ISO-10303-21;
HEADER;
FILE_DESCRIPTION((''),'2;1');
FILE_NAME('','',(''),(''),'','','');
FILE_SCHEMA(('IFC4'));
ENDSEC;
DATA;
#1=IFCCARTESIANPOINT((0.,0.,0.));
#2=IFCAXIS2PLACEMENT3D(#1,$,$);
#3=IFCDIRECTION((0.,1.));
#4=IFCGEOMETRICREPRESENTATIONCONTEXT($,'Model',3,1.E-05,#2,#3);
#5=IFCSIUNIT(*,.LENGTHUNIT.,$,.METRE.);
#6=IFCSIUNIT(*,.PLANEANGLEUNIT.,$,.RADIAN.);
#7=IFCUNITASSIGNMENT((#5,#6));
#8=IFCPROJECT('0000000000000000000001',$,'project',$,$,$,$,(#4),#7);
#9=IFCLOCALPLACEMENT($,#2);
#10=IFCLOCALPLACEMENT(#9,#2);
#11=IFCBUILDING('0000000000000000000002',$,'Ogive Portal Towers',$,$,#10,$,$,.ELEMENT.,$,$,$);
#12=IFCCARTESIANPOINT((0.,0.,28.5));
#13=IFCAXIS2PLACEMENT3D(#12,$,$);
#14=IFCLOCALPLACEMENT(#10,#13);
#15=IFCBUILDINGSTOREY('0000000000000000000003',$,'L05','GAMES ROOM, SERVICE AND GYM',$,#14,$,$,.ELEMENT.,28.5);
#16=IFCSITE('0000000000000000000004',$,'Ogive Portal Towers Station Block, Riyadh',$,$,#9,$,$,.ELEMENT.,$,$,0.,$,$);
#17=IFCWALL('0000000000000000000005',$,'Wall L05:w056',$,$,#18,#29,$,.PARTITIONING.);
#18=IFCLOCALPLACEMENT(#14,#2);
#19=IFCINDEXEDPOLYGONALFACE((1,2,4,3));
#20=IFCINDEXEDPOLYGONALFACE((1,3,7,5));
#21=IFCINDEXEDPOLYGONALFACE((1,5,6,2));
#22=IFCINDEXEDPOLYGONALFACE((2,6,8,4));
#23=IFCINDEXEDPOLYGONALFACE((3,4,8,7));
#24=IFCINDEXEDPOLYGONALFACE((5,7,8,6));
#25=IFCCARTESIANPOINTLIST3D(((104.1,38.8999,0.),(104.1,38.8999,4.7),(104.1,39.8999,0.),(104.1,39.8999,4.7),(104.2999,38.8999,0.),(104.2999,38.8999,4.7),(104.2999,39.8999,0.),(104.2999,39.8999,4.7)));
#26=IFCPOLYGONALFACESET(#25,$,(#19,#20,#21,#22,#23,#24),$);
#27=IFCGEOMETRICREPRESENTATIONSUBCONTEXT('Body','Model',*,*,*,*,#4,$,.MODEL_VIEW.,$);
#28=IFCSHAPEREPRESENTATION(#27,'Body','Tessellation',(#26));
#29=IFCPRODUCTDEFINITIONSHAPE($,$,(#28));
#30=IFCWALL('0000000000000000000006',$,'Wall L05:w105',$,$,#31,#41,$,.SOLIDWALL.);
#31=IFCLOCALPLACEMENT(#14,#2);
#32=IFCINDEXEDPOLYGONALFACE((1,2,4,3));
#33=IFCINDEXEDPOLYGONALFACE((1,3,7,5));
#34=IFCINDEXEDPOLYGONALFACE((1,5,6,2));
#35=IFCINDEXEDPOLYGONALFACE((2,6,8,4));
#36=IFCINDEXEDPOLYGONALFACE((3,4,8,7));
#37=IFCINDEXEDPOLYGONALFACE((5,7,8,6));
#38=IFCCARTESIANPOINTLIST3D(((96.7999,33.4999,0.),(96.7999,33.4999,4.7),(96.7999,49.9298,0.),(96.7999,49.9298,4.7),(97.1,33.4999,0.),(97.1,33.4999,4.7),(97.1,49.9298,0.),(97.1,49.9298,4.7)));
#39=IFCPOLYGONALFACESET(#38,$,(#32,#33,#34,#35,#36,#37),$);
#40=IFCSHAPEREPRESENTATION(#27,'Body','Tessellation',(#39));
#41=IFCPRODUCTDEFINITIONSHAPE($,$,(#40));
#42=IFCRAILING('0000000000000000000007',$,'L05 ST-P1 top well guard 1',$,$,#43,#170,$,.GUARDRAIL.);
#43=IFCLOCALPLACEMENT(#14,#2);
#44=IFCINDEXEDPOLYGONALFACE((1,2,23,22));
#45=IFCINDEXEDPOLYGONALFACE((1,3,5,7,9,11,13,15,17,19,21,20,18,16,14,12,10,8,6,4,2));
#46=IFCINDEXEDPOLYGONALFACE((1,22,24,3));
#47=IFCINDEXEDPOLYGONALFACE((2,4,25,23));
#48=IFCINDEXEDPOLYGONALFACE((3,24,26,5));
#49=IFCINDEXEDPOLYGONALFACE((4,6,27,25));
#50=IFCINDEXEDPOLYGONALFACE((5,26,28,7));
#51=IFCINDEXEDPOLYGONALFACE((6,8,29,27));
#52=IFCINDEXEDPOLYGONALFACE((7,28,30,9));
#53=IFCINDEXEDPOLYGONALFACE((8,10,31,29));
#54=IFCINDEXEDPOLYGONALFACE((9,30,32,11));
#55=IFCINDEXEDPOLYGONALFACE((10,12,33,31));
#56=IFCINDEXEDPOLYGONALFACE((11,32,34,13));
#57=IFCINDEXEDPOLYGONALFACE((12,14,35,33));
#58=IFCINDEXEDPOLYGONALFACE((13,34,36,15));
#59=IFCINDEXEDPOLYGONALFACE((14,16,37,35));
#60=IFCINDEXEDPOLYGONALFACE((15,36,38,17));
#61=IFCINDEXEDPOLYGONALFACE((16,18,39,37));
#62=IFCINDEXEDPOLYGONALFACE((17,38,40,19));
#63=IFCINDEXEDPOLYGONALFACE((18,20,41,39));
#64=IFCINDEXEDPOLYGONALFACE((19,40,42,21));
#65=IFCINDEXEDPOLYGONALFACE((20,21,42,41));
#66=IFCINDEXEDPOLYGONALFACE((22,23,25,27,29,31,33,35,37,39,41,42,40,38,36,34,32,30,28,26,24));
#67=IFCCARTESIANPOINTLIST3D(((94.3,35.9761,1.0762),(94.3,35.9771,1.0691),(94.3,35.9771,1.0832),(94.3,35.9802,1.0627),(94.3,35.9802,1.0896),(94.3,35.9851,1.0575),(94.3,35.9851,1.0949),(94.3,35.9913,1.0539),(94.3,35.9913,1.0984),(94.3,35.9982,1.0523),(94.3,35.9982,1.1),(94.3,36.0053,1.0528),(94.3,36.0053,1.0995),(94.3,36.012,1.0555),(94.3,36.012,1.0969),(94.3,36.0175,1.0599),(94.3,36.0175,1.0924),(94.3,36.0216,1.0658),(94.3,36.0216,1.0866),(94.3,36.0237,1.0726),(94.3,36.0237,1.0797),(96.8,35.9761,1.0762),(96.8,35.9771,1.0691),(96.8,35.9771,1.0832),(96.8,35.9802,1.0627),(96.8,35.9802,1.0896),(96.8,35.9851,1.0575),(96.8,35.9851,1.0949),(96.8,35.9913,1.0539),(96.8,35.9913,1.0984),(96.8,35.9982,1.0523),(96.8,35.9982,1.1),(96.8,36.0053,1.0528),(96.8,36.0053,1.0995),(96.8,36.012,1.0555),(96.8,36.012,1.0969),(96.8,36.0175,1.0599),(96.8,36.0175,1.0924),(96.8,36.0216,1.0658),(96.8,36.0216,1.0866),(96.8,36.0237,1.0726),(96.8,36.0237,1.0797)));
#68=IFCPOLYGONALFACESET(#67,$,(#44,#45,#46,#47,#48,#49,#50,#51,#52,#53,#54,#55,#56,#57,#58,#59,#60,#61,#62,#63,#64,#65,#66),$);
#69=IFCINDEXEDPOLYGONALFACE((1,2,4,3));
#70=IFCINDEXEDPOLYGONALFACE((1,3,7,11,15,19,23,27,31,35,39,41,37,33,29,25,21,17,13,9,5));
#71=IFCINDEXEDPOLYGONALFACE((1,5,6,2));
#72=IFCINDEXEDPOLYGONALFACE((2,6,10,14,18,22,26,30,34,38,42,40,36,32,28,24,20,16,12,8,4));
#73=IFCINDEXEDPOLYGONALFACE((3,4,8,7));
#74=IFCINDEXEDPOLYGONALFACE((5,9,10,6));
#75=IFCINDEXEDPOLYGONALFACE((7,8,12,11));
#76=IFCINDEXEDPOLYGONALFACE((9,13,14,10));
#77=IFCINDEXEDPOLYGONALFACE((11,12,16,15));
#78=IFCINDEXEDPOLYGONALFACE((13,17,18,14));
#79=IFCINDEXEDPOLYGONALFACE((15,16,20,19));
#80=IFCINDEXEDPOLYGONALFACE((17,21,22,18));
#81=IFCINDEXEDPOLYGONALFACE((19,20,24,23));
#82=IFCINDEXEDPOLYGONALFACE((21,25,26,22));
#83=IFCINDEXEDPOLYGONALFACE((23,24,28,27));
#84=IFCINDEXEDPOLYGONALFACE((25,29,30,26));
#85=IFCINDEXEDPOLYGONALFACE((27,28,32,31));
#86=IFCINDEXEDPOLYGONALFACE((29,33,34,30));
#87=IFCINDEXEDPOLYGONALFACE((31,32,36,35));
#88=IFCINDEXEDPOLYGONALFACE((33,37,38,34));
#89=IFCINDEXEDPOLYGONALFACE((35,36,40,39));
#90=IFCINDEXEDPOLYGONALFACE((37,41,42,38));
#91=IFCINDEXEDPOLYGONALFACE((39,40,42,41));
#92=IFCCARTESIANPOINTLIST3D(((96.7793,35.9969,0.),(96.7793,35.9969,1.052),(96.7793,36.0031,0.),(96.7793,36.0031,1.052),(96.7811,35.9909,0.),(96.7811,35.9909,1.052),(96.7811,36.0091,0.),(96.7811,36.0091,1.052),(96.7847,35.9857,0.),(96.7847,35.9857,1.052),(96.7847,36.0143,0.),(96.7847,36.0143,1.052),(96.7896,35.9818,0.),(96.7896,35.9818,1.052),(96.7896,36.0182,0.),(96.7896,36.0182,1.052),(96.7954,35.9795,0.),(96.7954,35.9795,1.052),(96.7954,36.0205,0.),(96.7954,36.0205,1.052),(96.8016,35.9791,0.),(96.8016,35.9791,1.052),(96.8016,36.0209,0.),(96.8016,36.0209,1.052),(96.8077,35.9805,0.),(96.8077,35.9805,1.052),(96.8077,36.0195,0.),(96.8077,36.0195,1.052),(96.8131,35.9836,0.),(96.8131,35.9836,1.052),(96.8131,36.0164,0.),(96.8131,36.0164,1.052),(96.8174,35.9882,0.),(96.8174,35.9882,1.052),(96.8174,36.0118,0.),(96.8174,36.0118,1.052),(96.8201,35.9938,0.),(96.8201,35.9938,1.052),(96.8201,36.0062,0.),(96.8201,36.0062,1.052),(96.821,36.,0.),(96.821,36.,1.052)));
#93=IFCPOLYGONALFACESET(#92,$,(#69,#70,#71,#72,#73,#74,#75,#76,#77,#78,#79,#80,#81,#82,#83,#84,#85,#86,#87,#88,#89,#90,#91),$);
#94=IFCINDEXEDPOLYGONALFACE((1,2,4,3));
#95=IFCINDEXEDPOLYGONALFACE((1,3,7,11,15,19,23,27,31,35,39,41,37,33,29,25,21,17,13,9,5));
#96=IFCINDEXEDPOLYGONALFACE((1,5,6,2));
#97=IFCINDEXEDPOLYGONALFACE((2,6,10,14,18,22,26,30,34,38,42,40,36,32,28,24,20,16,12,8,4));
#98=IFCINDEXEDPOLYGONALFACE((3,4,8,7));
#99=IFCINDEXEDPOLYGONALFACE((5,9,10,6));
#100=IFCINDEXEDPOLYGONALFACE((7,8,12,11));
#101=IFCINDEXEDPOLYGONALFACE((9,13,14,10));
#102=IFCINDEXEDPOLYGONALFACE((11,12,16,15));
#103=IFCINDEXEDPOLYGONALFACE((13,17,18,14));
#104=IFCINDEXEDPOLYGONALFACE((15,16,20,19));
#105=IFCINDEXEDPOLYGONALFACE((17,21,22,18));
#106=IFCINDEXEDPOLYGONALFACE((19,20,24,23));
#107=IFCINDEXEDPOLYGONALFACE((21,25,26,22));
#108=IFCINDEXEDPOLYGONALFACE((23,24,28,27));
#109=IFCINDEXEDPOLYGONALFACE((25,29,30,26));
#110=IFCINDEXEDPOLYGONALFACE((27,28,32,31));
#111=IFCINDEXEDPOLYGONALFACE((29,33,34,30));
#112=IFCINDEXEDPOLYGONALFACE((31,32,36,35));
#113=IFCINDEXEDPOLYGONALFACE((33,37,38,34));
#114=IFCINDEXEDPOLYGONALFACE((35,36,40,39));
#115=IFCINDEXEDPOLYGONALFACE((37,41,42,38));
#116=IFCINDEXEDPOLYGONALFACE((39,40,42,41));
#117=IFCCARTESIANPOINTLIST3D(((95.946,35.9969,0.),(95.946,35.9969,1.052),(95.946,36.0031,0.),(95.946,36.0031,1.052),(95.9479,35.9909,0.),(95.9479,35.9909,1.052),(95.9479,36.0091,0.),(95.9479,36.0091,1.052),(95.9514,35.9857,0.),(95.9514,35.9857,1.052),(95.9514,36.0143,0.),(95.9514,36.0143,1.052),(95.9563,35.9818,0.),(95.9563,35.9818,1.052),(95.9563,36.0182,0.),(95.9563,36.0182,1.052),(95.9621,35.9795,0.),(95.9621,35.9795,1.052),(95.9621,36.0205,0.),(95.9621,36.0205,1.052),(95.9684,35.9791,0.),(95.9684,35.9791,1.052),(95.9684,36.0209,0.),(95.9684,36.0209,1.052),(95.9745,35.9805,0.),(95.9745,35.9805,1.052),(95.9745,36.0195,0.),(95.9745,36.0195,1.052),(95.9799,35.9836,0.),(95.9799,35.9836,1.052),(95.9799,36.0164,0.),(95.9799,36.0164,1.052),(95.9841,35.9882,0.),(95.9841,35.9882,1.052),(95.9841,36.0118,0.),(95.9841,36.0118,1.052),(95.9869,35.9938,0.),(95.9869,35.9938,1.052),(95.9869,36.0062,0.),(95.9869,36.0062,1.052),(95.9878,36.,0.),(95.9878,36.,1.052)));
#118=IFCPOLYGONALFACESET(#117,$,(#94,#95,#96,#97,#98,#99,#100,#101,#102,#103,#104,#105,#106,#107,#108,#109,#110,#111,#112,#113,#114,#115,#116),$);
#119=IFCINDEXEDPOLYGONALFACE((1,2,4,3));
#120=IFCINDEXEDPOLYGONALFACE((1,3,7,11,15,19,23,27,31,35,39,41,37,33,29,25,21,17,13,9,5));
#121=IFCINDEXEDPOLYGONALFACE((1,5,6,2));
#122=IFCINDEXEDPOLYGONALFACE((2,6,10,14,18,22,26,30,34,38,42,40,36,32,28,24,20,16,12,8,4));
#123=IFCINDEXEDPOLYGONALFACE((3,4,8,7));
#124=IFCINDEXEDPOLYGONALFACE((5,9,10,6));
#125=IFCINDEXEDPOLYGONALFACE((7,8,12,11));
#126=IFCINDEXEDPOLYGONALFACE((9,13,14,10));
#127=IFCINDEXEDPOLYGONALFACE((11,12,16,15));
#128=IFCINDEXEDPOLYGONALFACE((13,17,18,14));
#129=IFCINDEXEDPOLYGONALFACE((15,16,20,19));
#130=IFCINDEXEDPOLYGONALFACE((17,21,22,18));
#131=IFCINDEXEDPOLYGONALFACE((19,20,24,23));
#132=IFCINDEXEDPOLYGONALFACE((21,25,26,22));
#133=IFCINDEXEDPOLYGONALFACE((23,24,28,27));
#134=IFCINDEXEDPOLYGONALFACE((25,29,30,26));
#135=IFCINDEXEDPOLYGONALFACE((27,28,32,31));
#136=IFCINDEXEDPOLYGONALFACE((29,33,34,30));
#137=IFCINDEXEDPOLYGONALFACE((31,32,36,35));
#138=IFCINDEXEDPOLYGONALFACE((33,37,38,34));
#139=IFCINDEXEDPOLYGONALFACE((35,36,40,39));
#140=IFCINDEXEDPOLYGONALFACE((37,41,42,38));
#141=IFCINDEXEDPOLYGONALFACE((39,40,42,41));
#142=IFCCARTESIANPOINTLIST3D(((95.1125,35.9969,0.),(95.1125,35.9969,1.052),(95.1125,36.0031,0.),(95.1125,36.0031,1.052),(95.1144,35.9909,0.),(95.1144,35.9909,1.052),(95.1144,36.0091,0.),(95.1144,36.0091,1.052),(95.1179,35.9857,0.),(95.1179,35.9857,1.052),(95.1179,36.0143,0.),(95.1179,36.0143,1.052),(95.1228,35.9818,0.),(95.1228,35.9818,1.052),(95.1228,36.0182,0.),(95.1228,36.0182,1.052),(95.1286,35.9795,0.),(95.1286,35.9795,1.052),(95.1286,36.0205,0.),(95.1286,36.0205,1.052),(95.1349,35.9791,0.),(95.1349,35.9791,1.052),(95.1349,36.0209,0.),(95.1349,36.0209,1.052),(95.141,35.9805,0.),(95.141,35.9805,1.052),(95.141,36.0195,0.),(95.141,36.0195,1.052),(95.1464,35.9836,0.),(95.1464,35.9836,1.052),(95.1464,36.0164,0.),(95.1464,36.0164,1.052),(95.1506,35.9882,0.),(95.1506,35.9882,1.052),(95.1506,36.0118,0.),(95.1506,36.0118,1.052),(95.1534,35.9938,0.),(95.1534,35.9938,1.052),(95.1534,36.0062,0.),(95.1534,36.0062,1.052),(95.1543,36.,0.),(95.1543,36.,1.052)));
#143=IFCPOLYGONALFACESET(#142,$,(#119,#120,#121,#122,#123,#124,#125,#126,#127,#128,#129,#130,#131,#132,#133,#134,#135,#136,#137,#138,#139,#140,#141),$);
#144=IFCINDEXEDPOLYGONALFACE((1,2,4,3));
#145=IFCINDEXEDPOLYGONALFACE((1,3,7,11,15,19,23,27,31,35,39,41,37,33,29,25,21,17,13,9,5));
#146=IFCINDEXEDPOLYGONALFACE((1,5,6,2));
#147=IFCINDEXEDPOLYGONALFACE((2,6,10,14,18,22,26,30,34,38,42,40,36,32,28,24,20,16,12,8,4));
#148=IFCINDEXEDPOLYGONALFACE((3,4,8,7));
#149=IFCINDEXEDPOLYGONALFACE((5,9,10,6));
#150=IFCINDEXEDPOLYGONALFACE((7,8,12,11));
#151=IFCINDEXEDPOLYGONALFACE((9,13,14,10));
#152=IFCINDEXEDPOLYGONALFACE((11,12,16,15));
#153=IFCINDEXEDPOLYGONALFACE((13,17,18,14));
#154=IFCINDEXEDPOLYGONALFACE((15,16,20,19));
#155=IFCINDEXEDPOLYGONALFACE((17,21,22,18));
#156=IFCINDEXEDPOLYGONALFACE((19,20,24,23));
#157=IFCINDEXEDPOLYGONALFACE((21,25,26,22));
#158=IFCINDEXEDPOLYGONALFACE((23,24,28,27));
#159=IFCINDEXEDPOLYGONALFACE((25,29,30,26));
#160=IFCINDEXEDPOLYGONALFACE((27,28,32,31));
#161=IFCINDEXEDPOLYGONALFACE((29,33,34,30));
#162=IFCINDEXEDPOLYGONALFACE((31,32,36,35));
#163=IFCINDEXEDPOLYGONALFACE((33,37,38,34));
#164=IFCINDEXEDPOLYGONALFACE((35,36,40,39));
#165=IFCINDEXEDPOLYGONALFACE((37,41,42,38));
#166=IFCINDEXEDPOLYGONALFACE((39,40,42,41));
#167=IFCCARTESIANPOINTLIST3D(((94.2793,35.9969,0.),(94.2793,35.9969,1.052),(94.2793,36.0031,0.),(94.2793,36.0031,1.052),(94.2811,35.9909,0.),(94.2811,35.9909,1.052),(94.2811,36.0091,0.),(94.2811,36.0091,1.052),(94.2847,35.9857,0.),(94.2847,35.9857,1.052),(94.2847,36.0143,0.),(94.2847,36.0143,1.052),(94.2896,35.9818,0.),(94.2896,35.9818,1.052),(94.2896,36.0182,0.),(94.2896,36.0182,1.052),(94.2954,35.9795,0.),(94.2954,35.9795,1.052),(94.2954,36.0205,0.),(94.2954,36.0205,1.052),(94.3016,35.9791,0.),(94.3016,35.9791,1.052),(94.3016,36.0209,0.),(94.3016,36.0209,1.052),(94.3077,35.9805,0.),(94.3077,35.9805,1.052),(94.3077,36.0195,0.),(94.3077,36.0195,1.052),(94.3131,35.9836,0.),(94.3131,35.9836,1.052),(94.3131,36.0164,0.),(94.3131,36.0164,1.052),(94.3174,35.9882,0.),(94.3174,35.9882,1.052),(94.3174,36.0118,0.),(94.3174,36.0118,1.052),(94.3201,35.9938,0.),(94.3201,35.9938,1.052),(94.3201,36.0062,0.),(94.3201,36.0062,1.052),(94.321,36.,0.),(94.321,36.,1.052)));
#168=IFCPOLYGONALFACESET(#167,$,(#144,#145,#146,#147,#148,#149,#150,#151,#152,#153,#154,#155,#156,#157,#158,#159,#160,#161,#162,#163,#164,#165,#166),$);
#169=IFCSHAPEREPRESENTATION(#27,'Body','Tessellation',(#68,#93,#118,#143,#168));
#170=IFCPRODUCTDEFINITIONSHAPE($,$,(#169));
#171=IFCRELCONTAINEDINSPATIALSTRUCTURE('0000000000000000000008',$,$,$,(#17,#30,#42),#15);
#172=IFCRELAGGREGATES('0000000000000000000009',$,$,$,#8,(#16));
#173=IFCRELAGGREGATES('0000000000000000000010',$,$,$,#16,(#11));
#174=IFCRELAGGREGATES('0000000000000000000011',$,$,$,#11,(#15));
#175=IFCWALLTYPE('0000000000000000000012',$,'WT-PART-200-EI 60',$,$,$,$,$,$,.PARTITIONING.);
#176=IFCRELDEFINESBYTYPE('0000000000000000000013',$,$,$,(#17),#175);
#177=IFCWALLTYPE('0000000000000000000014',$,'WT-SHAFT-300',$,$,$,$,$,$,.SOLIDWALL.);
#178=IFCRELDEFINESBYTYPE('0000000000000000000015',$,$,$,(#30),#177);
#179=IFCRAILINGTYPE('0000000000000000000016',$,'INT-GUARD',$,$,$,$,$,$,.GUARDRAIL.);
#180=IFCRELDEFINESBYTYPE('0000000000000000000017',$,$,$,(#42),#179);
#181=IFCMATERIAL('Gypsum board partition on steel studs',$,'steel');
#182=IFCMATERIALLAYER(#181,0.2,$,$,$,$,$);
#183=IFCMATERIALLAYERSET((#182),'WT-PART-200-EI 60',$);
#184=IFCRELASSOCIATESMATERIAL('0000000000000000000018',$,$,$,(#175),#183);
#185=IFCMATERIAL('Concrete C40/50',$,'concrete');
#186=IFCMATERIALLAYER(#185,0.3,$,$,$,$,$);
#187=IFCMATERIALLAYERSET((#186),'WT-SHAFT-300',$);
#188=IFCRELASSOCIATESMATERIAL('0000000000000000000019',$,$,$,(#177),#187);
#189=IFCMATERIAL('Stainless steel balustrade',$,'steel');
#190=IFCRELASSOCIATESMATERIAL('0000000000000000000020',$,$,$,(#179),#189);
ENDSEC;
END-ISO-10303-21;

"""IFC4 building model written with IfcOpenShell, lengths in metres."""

from ifc_helpers import new_model, si_unit, direction, frame, frame_2d, origin, origin_2d, place, context, subcontext, project, spatial, rectangle, circle, extrude, material, layer, layer_set, type_object, element, save


model = new_model("IFC4")

# Units and contexts
model_context = context("Model", 3, precision=1e-05, world=origin(), true_north=direction((0.0, 1.0)))
body_context = subcontext(model_context, "Body", "Model", "MODEL_VIEW")
ifc_project = project(units=[si_unit("LENGTHUNIT", "METRE"), si_unit("PLANEANGLEUNIT", "RADIAN")], contexts=[model_context])

# Site, building, storey
site_placement = place(None, origin())
site = spatial("IfcSite", under=ifc_project, at=site_placement, Name="Ogive Portal Towers Station Block, Riyadh", CompositionType="ELEMENT", RefElevation=0.0)
building_placement = place(site_placement, origin())
building = spatial("IfcBuilding", under=site, at=building_placement, Name="Ogive Portal Towers", CompositionType="ELEMENT")
storey_placement = place(building_placement, frame((0.0, 0.0, 28.5)))
storey = spatial("IfcBuildingStorey", under=building, at=storey_placement, Name="L05", Description="GAMES ROOM, SERVICE AND GYM", CompositionType="ELEMENT", Elevation=28.5)

# Shared definitions
ifc_material_1 = material(Name="Concrete C40/50", Category="concrete")

# Walls
ifc_material_2 = material(Name="Gypsum board partition on steel studs", Category="steel")
ifc_layer_1 = layer(ifc_material_2, 0.2)
ifc_layer_set_1 = layer_set([ifc_layer_1], Name="WT-PART-200-EI 60")
wall_type_1 = type_object("IfcWallType", Name="WT-PART-200-EI 60", PredefinedType="PARTITIONING", material=ifc_layer_set_1)
wall_1_placement = place(storey_placement, frame((104.2, 38.8999, 0.0), z_axis=(0.0, 0.0, 1.0), x_axis=(0.0, 1.0, 0.0)))
element("IfcWall", 1, at=wall_1_placement, inside=storey, type_object=wall_type_1, Name="Wall L05:w056", PredefinedType="PARTITIONING", context=body_context, shape_type="SweptSolid", body=[
    extrude(rectangle(XDim=1.0, YDim=0.2, at=frame_2d((0.5, 0.0))), origin(), (0.0, 0.0, 1.0), 4.7),
])
ifc_layer_2 = layer(ifc_material_1, 0.3)
ifc_layer_set_2 = layer_set([ifc_layer_2], Name="WT-SHAFT-300")
wall_type_2 = type_object("IfcWallType", Name="WT-SHAFT-300", PredefinedType="SOLIDWALL", material=ifc_layer_set_2)
wall_2_placement = place(storey_placement, frame((96.95, 33.5, 0.0), z_axis=(0.0, 0.0, 1.0), x_axis=(0.0, 1.0, 0.0)))
element("IfcWall", 2, at=wall_2_placement, inside=storey, type_object=wall_type_2, Name="Wall L05:w105", PredefinedType="SOLIDWALL", context=body_context, shape_type="SweptSolid", body=[
    extrude(rectangle(XDim=16.4299, YDim=0.3, at=frame_2d((8.2148, 0.0))), origin(), (0.0, 0.0, 1.0), 4.7),
])

# Railing
ifc_material_3 = material(Name="Stainless steel balustrade", Category="steel")
railing_type = type_object("IfcRailingType", Name="INT-GUARD", PredefinedType="GUARDRAIL", material=ifc_material_3)
railing_placement = place(storey_placement, frame((96.8, 36.0, 0.0)))
element("IfcRailing", 3, at=railing_placement, inside=storey, type_object=railing_type, Name="L05 ST-P1 top well guard 1", PredefinedType="GUARDRAIL", context=body_context, shape_type="SweptSolid", body=[
    extrude(circle(Radius=0.0239, at=origin_2d()), frame((0.0, 0.0, 1.0762), z_axis=(-1.0, 0.0, 0.0), x_axis=(0.0, -1.0, 0.0)), (0.0, 0.0, 1.0), 2.5),
    extrude(circle(Radius=0.021, at=origin_2d()), origin(), (0.0, 0.0, 1.0), 1.052),
    extrude(circle(Radius=0.021, at=origin_2d()), frame((-0.8333, 0.0, 0.0)), (0.0, 0.0, 1.0), 1.052),
    extrude(circle(Radius=0.021, at=origin_2d()), frame((-1.6667, 0.0, 0.0)), (0.0, 0.0, 1.0), 1.052),
    extrude(circle(Radius=0.021, at=origin_2d()), frame((-2.5, 0.0, 0.0)), (0.0, 0.0, 1.0), 1.052),
])

save(model, "model.ifc")
